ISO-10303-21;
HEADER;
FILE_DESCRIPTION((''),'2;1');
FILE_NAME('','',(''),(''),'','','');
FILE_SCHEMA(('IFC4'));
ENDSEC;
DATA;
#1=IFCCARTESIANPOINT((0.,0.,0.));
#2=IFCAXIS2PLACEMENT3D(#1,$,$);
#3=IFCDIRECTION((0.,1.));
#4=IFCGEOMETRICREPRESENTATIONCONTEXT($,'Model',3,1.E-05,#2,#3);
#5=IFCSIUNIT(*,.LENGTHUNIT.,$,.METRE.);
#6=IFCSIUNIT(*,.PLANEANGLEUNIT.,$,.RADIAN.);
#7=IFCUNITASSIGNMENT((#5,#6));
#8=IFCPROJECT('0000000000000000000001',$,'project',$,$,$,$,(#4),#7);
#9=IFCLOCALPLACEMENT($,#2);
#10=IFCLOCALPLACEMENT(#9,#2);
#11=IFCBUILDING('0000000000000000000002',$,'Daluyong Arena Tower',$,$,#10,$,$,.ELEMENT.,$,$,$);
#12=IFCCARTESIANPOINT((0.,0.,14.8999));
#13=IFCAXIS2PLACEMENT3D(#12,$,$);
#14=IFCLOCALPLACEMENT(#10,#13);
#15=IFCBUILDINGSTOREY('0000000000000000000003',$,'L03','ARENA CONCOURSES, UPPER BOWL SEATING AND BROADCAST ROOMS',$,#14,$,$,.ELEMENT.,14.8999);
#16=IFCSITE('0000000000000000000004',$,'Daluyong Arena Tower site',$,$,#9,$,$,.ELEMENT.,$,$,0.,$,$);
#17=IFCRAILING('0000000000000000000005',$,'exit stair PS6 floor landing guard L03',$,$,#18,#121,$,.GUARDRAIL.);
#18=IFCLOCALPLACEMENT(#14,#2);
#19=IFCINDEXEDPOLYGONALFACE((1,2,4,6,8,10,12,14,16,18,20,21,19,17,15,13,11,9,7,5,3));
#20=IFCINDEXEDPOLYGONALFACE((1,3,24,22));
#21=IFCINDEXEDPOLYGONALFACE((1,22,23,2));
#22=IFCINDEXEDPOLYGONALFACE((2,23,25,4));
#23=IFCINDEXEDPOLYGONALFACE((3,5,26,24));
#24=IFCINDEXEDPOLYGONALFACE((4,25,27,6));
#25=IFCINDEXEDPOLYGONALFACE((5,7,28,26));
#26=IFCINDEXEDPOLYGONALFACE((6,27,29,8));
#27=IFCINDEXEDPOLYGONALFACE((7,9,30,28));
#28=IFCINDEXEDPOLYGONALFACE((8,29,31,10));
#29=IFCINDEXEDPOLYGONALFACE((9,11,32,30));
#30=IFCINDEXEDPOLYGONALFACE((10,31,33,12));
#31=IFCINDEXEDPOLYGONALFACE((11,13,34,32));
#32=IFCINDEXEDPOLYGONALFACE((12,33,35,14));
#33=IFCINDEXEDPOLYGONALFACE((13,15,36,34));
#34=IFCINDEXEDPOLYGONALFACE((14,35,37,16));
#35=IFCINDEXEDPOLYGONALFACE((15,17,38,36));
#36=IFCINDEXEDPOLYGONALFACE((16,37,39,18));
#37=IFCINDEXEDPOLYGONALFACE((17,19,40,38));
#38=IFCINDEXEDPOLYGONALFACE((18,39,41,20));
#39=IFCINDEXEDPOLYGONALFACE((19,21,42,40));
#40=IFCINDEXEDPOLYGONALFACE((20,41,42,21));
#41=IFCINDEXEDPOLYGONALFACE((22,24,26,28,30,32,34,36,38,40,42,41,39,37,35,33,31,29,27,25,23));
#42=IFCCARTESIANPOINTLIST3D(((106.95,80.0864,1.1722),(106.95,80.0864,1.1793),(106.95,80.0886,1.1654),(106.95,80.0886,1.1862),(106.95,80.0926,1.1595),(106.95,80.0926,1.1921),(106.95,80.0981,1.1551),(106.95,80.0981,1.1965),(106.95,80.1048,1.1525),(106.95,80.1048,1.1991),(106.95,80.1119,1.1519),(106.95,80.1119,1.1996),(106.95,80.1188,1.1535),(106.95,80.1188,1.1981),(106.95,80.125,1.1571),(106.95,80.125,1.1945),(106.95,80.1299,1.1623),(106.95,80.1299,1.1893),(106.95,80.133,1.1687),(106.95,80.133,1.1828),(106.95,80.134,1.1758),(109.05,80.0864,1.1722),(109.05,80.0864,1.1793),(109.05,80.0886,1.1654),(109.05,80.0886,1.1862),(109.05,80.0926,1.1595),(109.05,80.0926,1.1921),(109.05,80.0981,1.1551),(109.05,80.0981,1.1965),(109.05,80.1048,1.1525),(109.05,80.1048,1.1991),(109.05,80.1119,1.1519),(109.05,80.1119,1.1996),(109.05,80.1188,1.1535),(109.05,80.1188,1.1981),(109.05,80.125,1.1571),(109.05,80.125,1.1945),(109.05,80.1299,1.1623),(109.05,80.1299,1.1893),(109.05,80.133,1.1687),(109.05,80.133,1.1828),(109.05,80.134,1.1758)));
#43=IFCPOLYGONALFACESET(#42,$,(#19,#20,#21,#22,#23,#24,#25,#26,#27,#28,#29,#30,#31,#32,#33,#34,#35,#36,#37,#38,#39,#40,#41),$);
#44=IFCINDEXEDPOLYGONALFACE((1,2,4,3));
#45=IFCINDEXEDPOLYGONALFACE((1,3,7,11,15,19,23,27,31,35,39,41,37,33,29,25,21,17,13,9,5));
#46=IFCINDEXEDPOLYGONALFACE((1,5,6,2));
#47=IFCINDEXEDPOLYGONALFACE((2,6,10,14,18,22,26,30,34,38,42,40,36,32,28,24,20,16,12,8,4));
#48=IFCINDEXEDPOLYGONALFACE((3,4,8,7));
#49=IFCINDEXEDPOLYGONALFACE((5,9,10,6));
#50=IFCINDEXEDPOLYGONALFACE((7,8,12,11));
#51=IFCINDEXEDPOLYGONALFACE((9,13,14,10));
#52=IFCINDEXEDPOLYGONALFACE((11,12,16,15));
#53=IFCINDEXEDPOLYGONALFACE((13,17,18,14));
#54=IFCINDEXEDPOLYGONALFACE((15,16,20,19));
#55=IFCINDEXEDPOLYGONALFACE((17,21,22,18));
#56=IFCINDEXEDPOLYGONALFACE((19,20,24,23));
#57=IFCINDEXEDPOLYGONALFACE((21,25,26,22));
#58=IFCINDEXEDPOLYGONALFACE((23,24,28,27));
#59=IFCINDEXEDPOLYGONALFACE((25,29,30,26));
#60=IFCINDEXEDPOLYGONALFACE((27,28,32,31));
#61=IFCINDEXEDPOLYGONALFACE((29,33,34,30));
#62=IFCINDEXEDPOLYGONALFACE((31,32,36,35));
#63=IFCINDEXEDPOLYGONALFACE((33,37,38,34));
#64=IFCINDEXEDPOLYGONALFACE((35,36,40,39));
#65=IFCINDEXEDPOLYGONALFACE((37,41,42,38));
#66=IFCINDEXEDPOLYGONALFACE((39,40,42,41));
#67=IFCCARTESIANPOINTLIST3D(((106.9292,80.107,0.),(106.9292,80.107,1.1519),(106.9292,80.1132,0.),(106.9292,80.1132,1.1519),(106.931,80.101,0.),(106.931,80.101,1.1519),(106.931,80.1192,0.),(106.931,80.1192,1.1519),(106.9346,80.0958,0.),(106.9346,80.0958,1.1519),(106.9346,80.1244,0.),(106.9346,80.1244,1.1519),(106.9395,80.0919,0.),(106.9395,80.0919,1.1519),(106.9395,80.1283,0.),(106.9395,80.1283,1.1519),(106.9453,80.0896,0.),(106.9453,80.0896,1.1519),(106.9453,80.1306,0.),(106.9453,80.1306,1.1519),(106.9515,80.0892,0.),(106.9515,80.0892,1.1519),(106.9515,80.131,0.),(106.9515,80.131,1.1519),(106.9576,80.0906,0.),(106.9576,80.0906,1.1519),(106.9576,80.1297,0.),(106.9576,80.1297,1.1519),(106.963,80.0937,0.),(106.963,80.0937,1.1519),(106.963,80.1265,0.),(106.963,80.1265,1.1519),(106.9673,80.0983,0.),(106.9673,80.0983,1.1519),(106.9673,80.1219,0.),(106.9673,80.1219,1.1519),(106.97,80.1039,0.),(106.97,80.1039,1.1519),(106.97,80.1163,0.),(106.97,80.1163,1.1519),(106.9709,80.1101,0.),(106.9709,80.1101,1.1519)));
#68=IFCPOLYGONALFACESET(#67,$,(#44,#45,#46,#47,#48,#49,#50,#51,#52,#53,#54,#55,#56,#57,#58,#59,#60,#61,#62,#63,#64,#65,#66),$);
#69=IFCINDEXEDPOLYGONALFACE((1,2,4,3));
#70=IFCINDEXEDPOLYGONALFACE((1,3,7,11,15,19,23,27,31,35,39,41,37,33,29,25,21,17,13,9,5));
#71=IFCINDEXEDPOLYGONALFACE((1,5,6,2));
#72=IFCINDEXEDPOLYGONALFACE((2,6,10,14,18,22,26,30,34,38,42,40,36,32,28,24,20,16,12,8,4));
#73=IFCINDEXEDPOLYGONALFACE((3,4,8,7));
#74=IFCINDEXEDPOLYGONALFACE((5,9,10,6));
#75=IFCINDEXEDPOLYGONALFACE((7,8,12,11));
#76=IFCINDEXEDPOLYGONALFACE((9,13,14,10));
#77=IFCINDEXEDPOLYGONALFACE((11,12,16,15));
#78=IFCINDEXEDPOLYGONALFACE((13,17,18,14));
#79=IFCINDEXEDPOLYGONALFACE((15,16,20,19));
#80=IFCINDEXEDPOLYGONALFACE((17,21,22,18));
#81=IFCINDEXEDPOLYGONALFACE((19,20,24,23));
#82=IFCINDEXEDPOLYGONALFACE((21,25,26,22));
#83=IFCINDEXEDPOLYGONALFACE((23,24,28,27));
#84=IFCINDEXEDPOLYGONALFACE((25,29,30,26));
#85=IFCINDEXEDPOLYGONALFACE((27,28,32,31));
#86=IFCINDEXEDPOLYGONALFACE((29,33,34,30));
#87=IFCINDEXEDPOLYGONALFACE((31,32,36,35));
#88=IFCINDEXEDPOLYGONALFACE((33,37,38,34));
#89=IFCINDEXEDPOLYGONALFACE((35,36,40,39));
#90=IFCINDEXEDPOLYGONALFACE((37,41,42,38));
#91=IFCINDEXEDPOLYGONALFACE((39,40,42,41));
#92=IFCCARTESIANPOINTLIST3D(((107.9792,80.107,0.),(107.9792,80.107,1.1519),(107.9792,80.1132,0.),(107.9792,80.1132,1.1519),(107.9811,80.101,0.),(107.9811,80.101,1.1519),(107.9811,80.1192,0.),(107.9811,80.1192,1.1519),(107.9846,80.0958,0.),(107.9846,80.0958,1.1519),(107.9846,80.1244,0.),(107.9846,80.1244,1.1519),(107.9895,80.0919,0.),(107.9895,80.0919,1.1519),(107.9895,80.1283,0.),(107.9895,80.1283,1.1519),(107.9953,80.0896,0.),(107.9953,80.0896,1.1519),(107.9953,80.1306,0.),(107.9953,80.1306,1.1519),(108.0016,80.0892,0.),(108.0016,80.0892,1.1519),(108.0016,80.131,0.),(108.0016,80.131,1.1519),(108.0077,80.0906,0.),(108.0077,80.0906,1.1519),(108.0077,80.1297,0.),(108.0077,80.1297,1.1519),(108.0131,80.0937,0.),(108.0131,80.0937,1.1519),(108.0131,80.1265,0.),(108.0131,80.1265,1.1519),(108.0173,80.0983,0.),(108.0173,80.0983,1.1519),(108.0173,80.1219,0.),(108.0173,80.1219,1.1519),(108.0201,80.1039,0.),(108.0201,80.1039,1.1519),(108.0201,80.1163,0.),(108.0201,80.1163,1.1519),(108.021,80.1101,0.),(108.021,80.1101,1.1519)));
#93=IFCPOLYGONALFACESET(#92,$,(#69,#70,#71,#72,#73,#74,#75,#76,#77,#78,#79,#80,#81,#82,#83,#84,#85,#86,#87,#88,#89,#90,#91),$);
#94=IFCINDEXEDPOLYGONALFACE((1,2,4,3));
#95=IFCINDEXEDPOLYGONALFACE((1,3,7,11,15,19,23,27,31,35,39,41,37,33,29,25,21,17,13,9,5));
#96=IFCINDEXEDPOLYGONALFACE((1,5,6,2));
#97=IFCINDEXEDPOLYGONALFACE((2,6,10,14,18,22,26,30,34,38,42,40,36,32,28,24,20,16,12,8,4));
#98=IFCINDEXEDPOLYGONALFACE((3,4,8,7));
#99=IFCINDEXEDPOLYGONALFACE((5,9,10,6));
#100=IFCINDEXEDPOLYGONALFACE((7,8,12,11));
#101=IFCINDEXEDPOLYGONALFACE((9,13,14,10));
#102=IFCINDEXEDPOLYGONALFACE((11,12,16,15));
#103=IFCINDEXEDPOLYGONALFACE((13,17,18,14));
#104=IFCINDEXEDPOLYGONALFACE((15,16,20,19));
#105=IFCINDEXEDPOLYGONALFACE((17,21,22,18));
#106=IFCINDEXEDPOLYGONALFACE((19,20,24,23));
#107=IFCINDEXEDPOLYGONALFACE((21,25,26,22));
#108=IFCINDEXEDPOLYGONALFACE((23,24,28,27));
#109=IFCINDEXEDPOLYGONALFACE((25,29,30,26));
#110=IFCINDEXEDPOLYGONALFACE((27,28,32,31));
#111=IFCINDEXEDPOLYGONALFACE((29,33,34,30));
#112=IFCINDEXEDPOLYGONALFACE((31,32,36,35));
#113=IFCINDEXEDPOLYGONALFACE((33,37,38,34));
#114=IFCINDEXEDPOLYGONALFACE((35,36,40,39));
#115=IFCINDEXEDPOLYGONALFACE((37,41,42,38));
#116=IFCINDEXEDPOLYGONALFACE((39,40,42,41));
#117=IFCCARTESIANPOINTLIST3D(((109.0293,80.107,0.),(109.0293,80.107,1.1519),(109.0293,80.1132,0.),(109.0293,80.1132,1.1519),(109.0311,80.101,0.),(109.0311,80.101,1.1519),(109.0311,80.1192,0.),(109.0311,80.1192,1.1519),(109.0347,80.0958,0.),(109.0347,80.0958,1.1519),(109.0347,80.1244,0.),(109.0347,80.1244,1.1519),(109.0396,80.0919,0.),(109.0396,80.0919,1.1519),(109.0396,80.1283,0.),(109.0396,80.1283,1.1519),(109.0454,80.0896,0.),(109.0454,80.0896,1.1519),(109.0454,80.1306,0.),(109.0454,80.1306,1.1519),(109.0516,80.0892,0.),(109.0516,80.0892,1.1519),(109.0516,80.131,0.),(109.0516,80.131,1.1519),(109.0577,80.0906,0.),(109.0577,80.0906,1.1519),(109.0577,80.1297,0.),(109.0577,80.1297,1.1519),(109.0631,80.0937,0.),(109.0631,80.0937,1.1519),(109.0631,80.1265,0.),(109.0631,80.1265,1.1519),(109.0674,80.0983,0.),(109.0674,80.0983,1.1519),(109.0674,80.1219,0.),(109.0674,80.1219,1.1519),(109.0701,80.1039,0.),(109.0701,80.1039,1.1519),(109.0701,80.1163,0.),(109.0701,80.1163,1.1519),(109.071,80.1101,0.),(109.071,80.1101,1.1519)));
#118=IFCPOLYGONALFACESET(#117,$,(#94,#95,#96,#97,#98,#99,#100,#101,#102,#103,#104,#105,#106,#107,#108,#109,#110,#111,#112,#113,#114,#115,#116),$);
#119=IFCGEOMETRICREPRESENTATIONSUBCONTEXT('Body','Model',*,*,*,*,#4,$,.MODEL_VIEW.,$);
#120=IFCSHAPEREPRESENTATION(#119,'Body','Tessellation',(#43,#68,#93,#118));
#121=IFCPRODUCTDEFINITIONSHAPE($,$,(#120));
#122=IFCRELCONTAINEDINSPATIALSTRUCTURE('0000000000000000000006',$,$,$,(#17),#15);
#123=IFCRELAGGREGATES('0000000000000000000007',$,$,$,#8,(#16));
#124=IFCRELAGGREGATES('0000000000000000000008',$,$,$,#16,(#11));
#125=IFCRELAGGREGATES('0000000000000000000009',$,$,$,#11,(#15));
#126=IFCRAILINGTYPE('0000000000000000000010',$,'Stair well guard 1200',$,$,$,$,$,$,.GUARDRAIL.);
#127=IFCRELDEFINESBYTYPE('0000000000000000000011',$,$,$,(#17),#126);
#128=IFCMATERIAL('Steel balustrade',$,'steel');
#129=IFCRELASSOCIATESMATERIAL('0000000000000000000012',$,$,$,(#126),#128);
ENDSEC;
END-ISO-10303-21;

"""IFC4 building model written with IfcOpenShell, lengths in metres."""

from ifc_helpers import new_model, si_unit, direction, frame, origin, origin_2d, place, context, subcontext, project, spatial, circle, extrude, material, type_object, element, save


model = new_model("IFC4")

# Units and contexts
model_context = context("Model", 3, precision=1e-05, world=origin(), true_north=direction((0.0, 1.0)))
body_context = subcontext(model_context, "Body", "Model", "MODEL_VIEW")
ifc_project = project(units=[si_unit("LENGTHUNIT", "METRE"), si_unit("PLANEANGLEUNIT", "RADIAN")], contexts=[model_context])

# Site, building, storey
site_placement = place(None, origin())
site = spatial("IfcSite", under=ifc_project, at=site_placement, Name="Daluyong Arena Tower site", CompositionType="ELEMENT", RefElevation=0.0)
building_placement = place(site_placement, origin())
building = spatial("IfcBuilding", under=site, at=building_placement, Name="Daluyong Arena Tower", CompositionType="ELEMENT")
storey_placement = place(building_placement, frame((0.0, 0.0, 14.8999)))
storey = spatial("IfcBuildingStorey", under=building, at=storey_placement, Name="L03", Description="ARENA CONCOURSES, UPPER BOWL SEATING AND BROADCAST ROOMS", CompositionType="ELEMENT", Elevation=14.8999)

# Railing
ifc_material_1 = material(Name="Steel balustrade", Category="steel")
railing_type_1 = type_object("IfcRailingType", Name="Stair well guard 1200", PredefinedType="GUARDRAIL", material=ifc_material_1)
railing_1_placement = place(storey_placement, frame((106.95, 80.1101, 0.0)))
element("IfcRailing", 1, at=railing_1_placement, inside=storey, type_object=railing_type_1, Name="exit stair PS6 floor landing guard L03", PredefinedType="GUARDRAIL", context=body_context, shape_type="SweptSolid", body=[
    extrude(circle(Radius=0.0239, at=origin_2d()), frame((0.0, 0.0, 1.1758), z_axis=(1.0, 0.0, 0.0), x_axis=(0.0, 1.0, 0.0)), (0.0, 0.0, 1.0), 2.1001),
    extrude(circle(Radius=0.021, at=origin_2d()), origin(), (0.0, 0.0, 1.0), 1.1519),
    extrude(circle(Radius=0.021, at=origin_2d()), frame((1.05, 0.0, 0.0)), (0.0, 0.0, 1.0), 1.1519),
    extrude(circle(Radius=0.021, at=origin_2d()), frame((2.1001, 0.0, 0.0)), (0.0, 0.0, 1.0), 1.1519),
])

save(model, "model.ifc")
